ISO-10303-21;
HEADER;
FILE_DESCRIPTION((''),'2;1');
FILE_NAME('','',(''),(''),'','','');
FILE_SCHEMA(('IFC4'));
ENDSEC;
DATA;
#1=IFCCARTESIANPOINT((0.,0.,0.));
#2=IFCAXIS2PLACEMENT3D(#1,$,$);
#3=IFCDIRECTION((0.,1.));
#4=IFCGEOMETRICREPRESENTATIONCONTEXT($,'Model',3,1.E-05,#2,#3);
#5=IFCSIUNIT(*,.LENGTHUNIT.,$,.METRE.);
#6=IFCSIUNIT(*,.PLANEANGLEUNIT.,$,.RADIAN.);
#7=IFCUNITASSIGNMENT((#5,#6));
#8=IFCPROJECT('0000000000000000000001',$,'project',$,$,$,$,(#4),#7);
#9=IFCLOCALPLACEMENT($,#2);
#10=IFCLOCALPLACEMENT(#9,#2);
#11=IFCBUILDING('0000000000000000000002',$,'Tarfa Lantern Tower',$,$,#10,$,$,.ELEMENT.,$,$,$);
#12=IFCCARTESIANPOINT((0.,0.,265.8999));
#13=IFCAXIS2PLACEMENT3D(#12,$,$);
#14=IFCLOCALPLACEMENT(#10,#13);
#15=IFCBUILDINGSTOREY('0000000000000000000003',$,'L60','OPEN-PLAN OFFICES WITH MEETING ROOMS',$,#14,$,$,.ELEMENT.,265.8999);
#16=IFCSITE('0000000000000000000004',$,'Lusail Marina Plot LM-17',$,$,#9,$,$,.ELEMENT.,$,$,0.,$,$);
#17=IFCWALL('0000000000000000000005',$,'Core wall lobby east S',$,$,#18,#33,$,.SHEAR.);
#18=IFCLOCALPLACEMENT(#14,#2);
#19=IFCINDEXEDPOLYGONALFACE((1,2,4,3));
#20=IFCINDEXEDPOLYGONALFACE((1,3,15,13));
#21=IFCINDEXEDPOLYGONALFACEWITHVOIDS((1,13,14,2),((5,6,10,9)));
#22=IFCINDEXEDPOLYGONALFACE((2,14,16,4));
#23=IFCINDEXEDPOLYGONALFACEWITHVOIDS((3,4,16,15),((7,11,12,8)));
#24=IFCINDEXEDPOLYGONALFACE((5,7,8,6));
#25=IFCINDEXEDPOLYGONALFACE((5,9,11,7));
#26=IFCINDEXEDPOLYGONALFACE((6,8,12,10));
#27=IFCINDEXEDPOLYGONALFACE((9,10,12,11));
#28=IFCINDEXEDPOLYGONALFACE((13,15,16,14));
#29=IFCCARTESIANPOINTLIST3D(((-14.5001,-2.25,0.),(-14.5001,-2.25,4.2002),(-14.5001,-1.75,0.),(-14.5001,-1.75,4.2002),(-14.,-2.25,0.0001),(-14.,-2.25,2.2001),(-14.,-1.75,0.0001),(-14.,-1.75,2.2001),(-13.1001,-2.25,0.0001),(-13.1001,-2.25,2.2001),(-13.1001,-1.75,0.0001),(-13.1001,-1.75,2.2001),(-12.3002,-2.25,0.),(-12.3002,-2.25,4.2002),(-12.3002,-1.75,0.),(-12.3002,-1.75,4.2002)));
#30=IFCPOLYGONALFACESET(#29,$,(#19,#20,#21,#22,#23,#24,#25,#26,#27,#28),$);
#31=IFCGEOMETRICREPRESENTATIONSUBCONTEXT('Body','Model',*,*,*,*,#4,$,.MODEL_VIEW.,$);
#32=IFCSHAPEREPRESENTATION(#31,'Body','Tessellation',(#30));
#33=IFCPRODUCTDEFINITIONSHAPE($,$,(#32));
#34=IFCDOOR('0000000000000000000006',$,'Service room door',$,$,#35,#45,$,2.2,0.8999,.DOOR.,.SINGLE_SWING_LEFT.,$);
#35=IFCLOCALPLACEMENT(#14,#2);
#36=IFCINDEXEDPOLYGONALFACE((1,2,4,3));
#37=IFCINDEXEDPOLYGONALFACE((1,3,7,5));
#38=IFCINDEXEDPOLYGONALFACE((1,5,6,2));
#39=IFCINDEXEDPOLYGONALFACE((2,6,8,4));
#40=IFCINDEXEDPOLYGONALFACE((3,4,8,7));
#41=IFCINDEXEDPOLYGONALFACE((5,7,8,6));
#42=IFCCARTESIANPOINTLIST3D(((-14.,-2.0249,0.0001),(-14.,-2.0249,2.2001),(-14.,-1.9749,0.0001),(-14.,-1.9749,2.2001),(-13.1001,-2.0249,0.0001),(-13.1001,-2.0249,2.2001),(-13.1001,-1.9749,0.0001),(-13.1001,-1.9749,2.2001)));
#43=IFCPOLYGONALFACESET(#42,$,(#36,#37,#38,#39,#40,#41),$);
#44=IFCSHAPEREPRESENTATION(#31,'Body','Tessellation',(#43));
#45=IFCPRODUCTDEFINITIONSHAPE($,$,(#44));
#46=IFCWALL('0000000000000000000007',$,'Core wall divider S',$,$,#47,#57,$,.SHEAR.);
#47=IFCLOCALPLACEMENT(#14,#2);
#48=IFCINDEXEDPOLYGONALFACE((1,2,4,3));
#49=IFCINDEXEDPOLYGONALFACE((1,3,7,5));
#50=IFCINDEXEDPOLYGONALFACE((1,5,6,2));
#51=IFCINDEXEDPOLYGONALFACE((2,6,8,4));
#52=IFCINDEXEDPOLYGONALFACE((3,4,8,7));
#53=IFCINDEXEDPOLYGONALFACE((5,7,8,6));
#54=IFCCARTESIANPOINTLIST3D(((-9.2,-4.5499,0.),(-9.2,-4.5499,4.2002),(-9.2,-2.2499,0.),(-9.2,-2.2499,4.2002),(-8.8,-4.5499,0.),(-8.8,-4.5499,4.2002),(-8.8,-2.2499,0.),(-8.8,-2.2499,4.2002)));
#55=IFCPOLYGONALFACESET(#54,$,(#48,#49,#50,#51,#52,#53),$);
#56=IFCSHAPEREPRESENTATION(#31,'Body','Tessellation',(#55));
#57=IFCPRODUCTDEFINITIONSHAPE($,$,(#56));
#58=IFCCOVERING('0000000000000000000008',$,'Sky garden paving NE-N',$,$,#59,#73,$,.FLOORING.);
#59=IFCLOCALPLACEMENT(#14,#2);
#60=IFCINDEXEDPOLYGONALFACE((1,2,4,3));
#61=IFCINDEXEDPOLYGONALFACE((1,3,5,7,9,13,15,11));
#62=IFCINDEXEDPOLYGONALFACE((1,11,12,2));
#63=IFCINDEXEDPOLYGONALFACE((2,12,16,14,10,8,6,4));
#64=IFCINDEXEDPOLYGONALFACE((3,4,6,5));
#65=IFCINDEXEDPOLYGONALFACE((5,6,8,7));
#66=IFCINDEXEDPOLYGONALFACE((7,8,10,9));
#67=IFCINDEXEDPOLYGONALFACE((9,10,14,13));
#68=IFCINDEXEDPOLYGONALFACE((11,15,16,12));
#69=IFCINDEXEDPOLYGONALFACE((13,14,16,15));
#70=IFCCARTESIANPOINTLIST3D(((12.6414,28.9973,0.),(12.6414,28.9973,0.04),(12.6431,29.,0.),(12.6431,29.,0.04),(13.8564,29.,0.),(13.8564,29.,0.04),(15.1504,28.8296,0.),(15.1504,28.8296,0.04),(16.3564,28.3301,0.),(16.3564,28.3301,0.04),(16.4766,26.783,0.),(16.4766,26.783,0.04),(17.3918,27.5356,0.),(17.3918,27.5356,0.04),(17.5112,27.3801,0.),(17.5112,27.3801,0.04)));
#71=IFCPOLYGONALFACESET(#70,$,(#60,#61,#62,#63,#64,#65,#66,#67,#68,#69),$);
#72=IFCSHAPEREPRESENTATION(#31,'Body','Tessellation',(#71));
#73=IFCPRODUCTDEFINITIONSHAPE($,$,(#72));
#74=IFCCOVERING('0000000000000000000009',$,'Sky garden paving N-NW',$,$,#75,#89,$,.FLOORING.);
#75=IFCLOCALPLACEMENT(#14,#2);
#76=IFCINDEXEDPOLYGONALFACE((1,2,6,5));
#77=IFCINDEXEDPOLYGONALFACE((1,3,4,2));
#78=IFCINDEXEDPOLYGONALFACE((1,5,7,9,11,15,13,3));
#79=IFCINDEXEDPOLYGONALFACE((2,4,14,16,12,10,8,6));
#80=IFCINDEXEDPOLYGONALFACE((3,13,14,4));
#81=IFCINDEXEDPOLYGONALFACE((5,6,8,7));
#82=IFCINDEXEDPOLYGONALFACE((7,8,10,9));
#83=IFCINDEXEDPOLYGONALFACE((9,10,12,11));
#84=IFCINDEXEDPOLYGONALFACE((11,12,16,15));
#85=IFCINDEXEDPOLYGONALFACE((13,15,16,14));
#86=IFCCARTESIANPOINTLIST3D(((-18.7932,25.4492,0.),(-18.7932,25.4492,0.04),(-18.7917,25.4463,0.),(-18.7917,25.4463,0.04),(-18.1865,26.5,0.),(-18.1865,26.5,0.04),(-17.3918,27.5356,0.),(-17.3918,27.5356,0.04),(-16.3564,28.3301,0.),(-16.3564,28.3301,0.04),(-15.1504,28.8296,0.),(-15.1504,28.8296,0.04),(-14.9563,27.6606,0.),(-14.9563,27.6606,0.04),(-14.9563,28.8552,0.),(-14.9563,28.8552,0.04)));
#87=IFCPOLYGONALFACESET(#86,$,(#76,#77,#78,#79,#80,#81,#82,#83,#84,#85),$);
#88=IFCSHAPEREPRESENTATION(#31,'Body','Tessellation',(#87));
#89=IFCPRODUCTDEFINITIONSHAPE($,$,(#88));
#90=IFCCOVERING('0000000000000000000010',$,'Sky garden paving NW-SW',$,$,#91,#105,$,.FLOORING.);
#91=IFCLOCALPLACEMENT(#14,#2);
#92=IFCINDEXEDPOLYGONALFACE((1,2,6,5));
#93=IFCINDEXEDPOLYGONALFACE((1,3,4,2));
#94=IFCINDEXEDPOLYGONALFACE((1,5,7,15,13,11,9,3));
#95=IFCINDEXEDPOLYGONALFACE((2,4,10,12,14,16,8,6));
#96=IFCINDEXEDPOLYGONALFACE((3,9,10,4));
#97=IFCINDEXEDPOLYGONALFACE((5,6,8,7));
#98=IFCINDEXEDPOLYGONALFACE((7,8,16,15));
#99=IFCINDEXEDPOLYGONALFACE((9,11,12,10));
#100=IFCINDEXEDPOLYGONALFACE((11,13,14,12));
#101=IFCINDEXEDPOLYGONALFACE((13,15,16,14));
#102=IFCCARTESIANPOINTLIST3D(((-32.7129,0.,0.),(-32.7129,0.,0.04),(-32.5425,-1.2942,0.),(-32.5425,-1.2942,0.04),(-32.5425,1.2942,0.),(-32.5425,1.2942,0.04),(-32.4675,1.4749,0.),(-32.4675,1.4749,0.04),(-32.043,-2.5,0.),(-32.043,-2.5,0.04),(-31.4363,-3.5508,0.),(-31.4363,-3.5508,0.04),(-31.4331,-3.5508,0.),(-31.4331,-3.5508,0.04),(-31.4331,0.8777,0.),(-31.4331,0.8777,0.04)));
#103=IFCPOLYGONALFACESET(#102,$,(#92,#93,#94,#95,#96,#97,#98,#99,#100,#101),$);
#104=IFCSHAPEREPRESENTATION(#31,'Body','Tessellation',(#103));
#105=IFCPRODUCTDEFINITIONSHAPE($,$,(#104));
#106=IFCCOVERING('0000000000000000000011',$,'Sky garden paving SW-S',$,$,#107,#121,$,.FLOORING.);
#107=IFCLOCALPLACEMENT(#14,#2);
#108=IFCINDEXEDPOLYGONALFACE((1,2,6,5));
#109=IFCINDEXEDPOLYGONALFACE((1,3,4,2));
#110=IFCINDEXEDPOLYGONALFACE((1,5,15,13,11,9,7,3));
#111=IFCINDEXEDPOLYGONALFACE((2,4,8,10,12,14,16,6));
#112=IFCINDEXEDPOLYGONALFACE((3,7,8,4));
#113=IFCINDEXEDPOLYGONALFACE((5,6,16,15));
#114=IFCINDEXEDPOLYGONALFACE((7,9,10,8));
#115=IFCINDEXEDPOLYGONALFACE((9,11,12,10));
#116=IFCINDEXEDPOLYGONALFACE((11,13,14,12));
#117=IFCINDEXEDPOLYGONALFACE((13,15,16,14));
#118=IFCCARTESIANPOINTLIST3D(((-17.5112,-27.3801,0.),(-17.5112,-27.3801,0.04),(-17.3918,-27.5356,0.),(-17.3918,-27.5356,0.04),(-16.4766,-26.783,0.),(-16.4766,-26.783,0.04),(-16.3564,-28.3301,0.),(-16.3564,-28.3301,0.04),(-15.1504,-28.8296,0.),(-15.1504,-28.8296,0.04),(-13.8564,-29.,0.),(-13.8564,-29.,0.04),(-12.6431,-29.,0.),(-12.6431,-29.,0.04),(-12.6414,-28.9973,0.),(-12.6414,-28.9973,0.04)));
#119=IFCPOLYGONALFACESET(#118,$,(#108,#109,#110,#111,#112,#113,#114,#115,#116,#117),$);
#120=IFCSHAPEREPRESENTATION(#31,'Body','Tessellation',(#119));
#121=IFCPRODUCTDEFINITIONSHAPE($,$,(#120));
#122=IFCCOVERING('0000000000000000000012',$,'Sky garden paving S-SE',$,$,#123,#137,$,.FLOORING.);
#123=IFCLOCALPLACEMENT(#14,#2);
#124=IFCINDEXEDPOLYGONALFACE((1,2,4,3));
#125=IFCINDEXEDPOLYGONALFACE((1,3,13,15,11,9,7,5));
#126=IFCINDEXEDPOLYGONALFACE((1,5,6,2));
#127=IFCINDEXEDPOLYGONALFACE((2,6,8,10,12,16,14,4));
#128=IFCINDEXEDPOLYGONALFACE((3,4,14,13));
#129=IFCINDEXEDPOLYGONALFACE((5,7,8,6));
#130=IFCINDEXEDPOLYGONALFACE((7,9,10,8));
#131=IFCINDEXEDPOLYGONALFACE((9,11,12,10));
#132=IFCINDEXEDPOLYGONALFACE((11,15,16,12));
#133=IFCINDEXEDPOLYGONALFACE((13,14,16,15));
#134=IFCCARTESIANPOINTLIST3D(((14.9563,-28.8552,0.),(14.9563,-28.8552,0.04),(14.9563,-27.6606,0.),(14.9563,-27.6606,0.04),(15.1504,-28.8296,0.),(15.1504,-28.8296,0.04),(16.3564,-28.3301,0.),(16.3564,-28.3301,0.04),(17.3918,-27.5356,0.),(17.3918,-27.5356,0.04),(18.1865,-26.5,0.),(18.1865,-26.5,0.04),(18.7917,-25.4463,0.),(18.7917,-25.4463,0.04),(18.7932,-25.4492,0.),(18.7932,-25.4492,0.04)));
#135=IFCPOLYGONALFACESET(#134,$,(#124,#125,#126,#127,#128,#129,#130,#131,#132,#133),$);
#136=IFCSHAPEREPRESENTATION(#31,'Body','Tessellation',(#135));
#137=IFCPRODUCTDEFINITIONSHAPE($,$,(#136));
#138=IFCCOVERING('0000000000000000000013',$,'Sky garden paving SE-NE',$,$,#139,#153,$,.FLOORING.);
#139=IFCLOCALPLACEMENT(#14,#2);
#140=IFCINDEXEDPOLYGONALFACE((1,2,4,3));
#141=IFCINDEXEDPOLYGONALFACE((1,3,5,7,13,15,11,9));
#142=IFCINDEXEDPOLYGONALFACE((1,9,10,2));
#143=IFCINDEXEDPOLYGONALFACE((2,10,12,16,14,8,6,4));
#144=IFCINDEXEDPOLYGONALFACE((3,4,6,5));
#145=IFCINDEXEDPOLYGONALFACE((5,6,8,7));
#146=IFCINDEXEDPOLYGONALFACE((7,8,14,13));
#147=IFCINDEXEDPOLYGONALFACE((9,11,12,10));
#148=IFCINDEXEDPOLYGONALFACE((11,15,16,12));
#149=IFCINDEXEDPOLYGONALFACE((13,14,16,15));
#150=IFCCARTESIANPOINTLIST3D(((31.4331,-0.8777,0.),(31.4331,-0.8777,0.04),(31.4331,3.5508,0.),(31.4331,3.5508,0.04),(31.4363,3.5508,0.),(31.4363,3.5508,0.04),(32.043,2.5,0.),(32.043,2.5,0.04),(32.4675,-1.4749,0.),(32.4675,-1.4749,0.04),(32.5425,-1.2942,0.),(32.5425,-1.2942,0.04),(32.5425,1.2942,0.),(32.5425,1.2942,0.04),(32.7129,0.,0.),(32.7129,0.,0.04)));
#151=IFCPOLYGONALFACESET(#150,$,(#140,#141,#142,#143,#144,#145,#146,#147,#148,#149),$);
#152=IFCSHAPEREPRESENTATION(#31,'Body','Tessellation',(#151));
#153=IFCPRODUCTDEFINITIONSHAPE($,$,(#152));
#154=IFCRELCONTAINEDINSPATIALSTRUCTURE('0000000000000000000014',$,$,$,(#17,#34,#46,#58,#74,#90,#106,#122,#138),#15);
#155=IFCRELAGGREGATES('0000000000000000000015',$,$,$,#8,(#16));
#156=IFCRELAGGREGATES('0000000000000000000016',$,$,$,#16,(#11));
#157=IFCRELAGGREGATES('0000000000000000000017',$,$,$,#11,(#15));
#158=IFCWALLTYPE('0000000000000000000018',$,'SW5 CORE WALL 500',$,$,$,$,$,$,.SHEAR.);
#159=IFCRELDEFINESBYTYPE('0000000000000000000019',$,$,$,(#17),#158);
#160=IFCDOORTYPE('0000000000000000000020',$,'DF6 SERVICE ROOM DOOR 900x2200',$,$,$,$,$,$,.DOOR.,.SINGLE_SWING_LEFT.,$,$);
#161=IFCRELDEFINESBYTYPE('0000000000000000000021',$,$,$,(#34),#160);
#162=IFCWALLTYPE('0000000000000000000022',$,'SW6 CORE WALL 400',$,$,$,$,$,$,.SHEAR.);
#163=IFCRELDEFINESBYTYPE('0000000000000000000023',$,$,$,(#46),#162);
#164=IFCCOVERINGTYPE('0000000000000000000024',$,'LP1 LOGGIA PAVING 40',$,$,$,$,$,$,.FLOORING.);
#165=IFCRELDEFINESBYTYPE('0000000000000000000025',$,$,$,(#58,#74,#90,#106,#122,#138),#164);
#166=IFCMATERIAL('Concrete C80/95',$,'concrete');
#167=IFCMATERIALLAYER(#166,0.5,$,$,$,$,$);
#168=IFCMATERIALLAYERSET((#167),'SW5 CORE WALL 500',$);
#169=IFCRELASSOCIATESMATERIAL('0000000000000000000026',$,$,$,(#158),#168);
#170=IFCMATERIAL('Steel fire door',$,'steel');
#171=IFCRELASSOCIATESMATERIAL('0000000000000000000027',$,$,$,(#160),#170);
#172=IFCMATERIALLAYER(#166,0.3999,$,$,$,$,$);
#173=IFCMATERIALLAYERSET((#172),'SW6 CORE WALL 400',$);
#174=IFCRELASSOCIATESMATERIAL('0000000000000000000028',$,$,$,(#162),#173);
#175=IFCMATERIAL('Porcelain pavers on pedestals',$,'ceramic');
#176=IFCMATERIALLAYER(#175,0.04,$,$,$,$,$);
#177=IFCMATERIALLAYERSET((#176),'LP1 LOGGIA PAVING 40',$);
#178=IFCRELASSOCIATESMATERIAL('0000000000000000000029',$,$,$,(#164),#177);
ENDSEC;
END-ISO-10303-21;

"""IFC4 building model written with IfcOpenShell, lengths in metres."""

from ifc_helpers import new_model, si_unit, direction, frame, frame_2d, origin, place, context, subcontext, project, spatial, polyline, rectangle, outline, extrude, material, layer, layer_set, type_object, element, fill, save


model = new_model("IFC4")

# Units and contexts
model_context = context("Model", 3, precision=1e-05, world=origin(), true_north=direction((0.0, 1.0)))
body_context = subcontext(model_context, "Body", "Model", "MODEL_VIEW")
ifc_project = project(units=[si_unit("LENGTHUNIT", "METRE"), si_unit("PLANEANGLEUNIT", "RADIAN")], contexts=[model_context])

# Site, building, storey
site_placement = place(None, origin())
site = spatial("IfcSite", under=ifc_project, at=site_placement, Name="Lusail Marina Plot LM-17", CompositionType="ELEMENT", RefElevation=0.0)
building_placement = place(site_placement, origin())
building = spatial("IfcBuilding", under=site, at=building_placement, Name="Tarfa Lantern Tower", CompositionType="ELEMENT")
storey_placement = place(building_placement, frame((0.0, 0.0, 265.8999)))
storey = spatial("IfcBuildingStorey", under=building, at=storey_placement, Name="L60", Description="OPEN-PLAN OFFICES WITH MEETING ROOMS", CompositionType="ELEMENT", Elevation=265.8999)

# Wall, opening, door
ifc_material_1 = material(Name="Concrete C80/95", Category="concrete")
ifc_layer_1 = layer(ifc_material_1, 0.5)
ifc_layer_set_1 = layer_set([ifc_layer_1], Name="SW5 CORE WALL 500")
wall_type_1 = type_object("IfcWallType", Name="SW5 CORE WALL 500", PredefinedType="SHEAR", material=ifc_layer_set_1)
wall_1_placement = place(storey_placement, frame((-12.3, -2.0, 0.0), z_axis=(0.0, 0.0, 1.0), x_axis=(-1.0, 0.0, 0.0)))
wall_1 = element("IfcWall", 1, at=wall_1_placement, inside=storey, type_object=wall_type_1, Name="Core wall lobby east S", PredefinedType="SHEAR", context=body_context, shape_type="SweptSolid", body=[
    extrude(rectangle(XDim=2.2, YDim=0.5, at=frame_2d((1.1001, 0.0))), origin(), (0.0, 0.0, 1.0), 4.2002),
])
opening_1_placement = place(wall_1_placement, frame((0.8, 0.0, 0.0)))
opening_1 = element("IfcOpeningElement", 2, at=opening_1_placement, cuts=wall_1, PredefinedType="OPENING", context=body_context, shape_type="SweptSolid", body=[
    extrude(rectangle(XDim=0.8999, YDim=2.2, at=frame_2d((0.45, 1.1001))), frame((0.0, 0.26, 0.0), z_axis=(0.0, -1.0, 0.0), x_axis=(1.0, 0.0, 0.0)), (0.0, 0.0, 1.0), 0.52),
])
ifc_material_2 = material(Name="Steel fire door", Category="steel")
door_type_1 = type_object("IfcDoorType", Name="DF6 SERVICE ROOM DOOR 900x2200", OperationType="SINGLE_SWING_LEFT", PredefinedType="DOOR", material=ifc_material_2)
door_1_placement = place(opening_1_placement, origin())
door_1 = element("IfcDoor", 3, at=door_1_placement, inside=storey, type_object=door_type_1, Name="Service room door", OperationType="SINGLE_SWING_LEFT", OverallHeight=2.2, OverallWidth=0.8999, PredefinedType="DOOR", context=body_context, shape_type="SweptSolid", body=[
    extrude(rectangle(XDim=0.8999, YDim=2.2, at=frame_2d((0.45, 1.1001))), frame((0.0, 0.0249, 0.0), z_axis=(0.0, -1.0, 0.0), x_axis=(1.0, 0.0, 0.0)), (0.0, 0.0, 1.0), 0.05),
])
fill(opening_1, door_1)

# Wall
ifc_layer_2 = layer(ifc_material_1, 0.3999)
ifc_layer_set_2 = layer_set([ifc_layer_2], Name="SW6 CORE WALL 400")
wall_type_2 = type_object("IfcWallType", Name="SW6 CORE WALL 400", PredefinedType="SHEAR", material=ifc_layer_set_2)
wall_2_placement = place(storey_placement, frame((-9.0, -2.25, 0.0), z_axis=(0.0, 0.0, 1.0), x_axis=(0.0, -1.0, 0.0)))
element("IfcWall", 4, at=wall_2_placement, inside=storey, type_object=wall_type_2, Name="Core wall divider S", PredefinedType="SHEAR", context=body_context, shape_type="SweptSolid", body=[
    extrude(rectangle(XDim=2.3, YDim=0.3999, at=frame_2d((1.1499, 0.0))), origin(), (0.0, 0.0, 1.0), 4.2002),
])

# Coverings
ifc_material_3 = material(Name="Porcelain pavers on pedestals", Category="ceramic")
ifc_layer_3 = layer(ifc_material_3, 0.04)
ifc_layer_set_3 = layer_set([ifc_layer_3], Name="LP1 LOGGIA PAVING 40")
covering_type = type_object("IfcCoveringType", Name="LP1 LOGGIA PAVING 40", PredefinedType="FLOORING", material=ifc_layer_set_3)
covering_1_placement = place(storey_placement, origin())
element("IfcCovering", 5, at=covering_1_placement, inside=storey, type_object=covering_type, Name="Sky garden paving NE-N", PredefinedType="FLOORING", context=body_context, shape_type="SweptSolid", body=[
    extrude(outline(polyline([(15.1504, 28.8296), (16.3564, 28.3301), (17.3918, 27.5356), (17.5112, 27.3801), (16.4766, 26.783), (12.6414, 28.9973), (12.6431, 29.0), (13.8564, 29.0), (15.1504, 28.8296)])), origin(), (0.0, 0.0, 1.0), 0.04),
])
covering_2_placement = place(storey_placement, origin())
element("IfcCovering", 6, at=covering_2_placement, inside=storey, type_object=covering_type, Name="Sky garden paving N-NW", PredefinedType="FLOORING", context=body_context, shape_type="SweptSolid", body=[
    extrude(outline(polyline([(-17.3918, 27.5356), (-16.3564, 28.3301), (-15.1504, 28.8296), (-14.9563, 28.8552), (-14.9563, 27.6606), (-18.7917, 25.4463), (-18.7932, 25.4492), (-18.1865, 26.5), (-17.3918, 27.5356)])), origin(), (0.0, 0.0, 1.0), 0.04),
])
covering_3_placement = place(storey_placement, origin())
element("IfcCovering", 7, at=covering_3_placement, inside=storey, type_object=covering_type, Name="Sky garden paving NW-SW", PredefinedType="FLOORING", context=body_context, shape_type="SweptSolid", body=[
    extrude(outline(polyline([(-32.5425, -1.2942), (-32.7129, 0.0), (-32.5425, 1.2942), (-32.4675, 1.4749), (-31.4331, 0.8777), (-31.4331, -3.5508), (-31.4363, -3.5508), (-32.043, -2.5), (-32.5425, -1.2942)])), origin(), (0.0, 0.0, 1.0), 0.04),
])
covering_4_placement = place(storey_placement, origin())
element("IfcCovering", 8, at=covering_4_placement, inside=storey, type_object=covering_type, Name="Sky garden paving SW-S", PredefinedType="FLOORING", context=body_context, shape_type="SweptSolid", body=[
    extrude(outline(polyline([(-15.1504, -28.8296), (-16.3564, -28.3301), (-17.3918, -27.5356), (-17.5112, -27.3801), (-16.4766, -26.783), (-12.6414, -28.9973), (-12.6431, -29.0), (-13.8564, -29.0), (-15.1504, -28.8296)])), origin(), (0.0, 0.0, 1.0), 0.04),
])
covering_5_placement = place(storey_placement, origin())
element("IfcCovering", 9, at=covering_5_placement, inside=storey, type_object=covering_type, Name="Sky garden paving S-SE", PredefinedType="FLOORING", context=body_context, shape_type="SweptSolid", body=[
    extrude(outline(polyline([(17.3918, -27.5356), (16.3564, -28.3301), (15.1504, -28.8296), (14.9563, -28.8552), (14.9563, -27.6606), (18.7917, -25.4463), (18.7932, -25.4492), (18.1865, -26.5), (17.3918, -27.5356)])), origin(), (0.0, 0.0, 1.0), 0.04),
])
covering_6_placement = place(storey_placement, origin())
element("IfcCovering", 10, at=covering_6_placement, inside=storey, type_object=covering_type, Name="Sky garden paving SE-NE", PredefinedType="FLOORING", context=body_context, shape_type="SweptSolid", body=[
    extrude(outline(polyline([(32.5425, 1.2942), (32.7129, 0.0), (32.5425, -1.2942), (32.4675, -1.4749), (31.4331, -0.8777), (31.4331, 3.5508), (31.4363, 3.5508), (32.043, 2.5), (32.5425, 1.2942)])), origin(), (0.0, 0.0, 1.0), 0.04),
])

save(model, "model.ifc")
